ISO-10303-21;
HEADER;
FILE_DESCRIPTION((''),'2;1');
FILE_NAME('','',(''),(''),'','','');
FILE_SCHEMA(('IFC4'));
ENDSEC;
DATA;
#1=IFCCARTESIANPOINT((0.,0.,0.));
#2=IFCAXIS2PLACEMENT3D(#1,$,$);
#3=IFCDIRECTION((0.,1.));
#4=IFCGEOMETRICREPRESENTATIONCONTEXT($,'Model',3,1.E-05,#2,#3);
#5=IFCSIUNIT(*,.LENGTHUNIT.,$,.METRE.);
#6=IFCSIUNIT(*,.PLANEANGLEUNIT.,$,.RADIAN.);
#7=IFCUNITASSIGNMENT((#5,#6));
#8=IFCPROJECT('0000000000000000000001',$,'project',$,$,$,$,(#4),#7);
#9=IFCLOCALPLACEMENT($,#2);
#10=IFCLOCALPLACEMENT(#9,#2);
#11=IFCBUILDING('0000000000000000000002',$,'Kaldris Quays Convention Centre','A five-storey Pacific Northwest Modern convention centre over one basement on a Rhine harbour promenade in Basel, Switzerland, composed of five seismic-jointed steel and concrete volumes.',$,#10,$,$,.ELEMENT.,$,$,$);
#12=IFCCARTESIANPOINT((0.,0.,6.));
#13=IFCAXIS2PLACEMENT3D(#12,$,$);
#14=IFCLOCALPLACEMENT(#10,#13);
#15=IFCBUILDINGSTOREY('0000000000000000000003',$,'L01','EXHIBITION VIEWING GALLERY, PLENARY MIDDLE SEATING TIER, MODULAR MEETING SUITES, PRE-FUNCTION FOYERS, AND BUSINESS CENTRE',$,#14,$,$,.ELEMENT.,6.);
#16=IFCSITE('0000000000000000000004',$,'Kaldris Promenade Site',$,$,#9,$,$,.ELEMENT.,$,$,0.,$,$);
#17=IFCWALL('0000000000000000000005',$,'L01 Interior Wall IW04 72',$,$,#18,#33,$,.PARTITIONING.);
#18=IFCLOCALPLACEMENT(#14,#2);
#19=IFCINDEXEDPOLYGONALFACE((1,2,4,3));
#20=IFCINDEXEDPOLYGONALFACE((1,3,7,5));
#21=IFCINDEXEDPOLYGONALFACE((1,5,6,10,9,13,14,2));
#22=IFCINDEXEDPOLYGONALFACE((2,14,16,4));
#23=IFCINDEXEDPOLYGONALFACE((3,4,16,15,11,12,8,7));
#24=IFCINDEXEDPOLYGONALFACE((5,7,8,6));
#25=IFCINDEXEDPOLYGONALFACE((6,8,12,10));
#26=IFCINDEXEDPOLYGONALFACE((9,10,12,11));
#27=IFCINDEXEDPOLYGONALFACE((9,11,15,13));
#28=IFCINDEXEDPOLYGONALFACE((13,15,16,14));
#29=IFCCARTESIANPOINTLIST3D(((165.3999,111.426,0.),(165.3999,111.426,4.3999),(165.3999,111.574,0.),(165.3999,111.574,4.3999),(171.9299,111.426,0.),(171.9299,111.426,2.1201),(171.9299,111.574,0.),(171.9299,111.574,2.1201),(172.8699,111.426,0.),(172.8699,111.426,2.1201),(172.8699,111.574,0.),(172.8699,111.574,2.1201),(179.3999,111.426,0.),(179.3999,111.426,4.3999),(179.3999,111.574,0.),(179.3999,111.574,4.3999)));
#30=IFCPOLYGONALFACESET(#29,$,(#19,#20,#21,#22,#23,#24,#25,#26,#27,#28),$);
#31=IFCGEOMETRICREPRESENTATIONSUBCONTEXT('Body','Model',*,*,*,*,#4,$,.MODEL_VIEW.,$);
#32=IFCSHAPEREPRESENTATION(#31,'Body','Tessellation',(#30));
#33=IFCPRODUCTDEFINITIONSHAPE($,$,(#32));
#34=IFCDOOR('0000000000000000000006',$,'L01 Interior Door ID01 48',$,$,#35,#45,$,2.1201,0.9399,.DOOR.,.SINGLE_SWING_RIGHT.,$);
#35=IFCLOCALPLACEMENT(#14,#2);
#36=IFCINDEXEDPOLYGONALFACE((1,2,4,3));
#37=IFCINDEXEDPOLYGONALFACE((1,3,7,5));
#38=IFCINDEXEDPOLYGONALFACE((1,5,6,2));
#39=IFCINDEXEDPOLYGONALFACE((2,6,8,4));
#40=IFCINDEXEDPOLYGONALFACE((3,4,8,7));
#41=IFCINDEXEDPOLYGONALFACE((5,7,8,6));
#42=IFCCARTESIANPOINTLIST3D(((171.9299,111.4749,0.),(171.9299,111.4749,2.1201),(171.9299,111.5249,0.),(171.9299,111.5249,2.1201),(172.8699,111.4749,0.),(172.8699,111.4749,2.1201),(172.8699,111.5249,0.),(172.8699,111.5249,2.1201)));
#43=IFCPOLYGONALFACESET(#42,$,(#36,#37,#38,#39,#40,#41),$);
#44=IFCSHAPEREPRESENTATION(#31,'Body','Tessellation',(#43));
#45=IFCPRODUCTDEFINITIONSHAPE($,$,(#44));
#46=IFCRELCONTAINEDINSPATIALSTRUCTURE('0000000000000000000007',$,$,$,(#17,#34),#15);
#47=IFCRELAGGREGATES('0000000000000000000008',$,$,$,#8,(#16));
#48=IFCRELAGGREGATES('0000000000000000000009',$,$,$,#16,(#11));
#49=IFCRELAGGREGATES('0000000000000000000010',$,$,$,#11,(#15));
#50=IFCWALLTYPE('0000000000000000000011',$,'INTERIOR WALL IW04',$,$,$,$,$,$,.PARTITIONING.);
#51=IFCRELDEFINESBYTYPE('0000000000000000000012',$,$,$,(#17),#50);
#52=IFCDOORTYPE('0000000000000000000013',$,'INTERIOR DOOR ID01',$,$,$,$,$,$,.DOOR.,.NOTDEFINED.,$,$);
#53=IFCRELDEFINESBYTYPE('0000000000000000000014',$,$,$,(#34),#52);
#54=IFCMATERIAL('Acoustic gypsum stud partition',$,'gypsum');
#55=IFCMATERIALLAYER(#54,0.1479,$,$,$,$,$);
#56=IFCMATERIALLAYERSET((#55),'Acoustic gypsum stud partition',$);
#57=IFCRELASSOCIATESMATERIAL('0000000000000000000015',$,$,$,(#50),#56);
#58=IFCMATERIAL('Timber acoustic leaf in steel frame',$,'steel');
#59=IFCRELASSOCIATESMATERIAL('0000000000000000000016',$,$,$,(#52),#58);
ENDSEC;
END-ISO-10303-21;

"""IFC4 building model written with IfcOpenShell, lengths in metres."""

from ifc_helpers import new_model, si_unit, direction, frame, frame_2d, origin, place, context, subcontext, project, spatial, rectangle, extrude, material, layer, layer_set, type_object, element, fill, save


model = new_model("IFC4")

# Units and contexts
model_context = context("Model", 3, precision=1e-05, world=origin(), true_north=direction((0.0, 1.0)))
body_context = subcontext(model_context, "Body", "Model", "MODEL_VIEW")
ifc_project = project(units=[si_unit("LENGTHUNIT", "METRE"), si_unit("PLANEANGLEUNIT", "RADIAN")], contexts=[model_context])

# Site, building, storey
site_placement = place(None, origin())
site = spatial("IfcSite", under=ifc_project, at=site_placement, Name="Kaldris Promenade Site", CompositionType="ELEMENT", RefElevation=0.0)
building_placement = place(site_placement, origin())
building = spatial("IfcBuilding", under=site, at=building_placement, Name="Kaldris Quays Convention Centre", Description="A five-storey Pacific Northwest Modern convention centre over one basement on a Rhine harbour promenade in Basel, Switzerland, composed of five seismic-jointed steel and concrete volumes.", CompositionType="ELEMENT")
storey_placement = place(building_placement, frame((0.0, 0.0, 6.0)))
storey = spatial("IfcBuildingStorey", under=building, at=storey_placement, Name="L01", Description="EXHIBITION VIEWING GALLERY, PLENARY MIDDLE SEATING TIER, MODULAR MEETING SUITES, PRE-FUNCTION FOYERS, AND BUSINESS CENTRE", CompositionType="ELEMENT", Elevation=6.0)

# Wall, opening, door
ifc_material_1 = material(Name="Acoustic gypsum stud partition", Category="gypsum")
ifc_layer = layer(ifc_material_1, 0.1479)
ifc_layer_set = layer_set([ifc_layer], Name="Acoustic gypsum stud partition")
wall_type = type_object("IfcWallType", Name="INTERIOR WALL IW04", PredefinedType="PARTITIONING", material=ifc_layer_set)
wall_placement = place(storey_placement, frame((165.3999, 111.5, 0.0), z_axis=(0.0, 0.0, 1.0), x_axis=(1.0, 0.0, 0.0)))
wall = element("IfcWall", 1, at=wall_placement, inside=storey, type_object=wall_type, Name="L01 Interior Wall IW04 72", PredefinedType="PARTITIONING", context=body_context, shape_type="SweptSolid", body=[
    extrude(rectangle(XDim=14.0, YDim=0.1479, at=frame_2d((7.0, 0.0))), origin(), (0.0, 0.0, 1.0), 4.3999),
])
opening_placement = place(wall_placement, frame((6.53, 0.0, 0.0)))
opening = element("IfcOpeningElement", 2, at=opening_placement, cuts=wall, PredefinedType="OPENING", context=body_context, shape_type="SweptSolid", body=[
    extrude(rectangle(XDim=0.9399, YDim=2.1201, at=frame_2d((0.47, 1.0601))), frame((0.0, 0.084, 0.0), z_axis=(0.0, -1.0, 0.0), x_axis=(1.0, 0.0, 0.0)), (0.0, 0.0, 1.0), 0.168),
])
ifc_material_2 = material(Name="Timber acoustic leaf in steel frame", Category="steel")
door_type = type_object("IfcDoorType", Name="INTERIOR DOOR ID01", OperationType="NOTDEFINED", PredefinedType="DOOR", material=ifc_material_2)
door_placement = place(opening_placement, origin())
door = element("IfcDoor", 3, at=door_placement, inside=storey, type_object=door_type, Name="L01 Interior Door ID01 48", OperationType="SINGLE_SWING_RIGHT", OverallHeight=2.1201, OverallWidth=0.9399, PredefinedType="DOOR", context=body_context, shape_type="SweptSolid", body=[
    extrude(rectangle(XDim=0.9399, YDim=2.1201, at=frame_2d((0.47, 1.0601))), frame((0.0, 0.0249, 0.0), z_axis=(0.0, -1.0, 0.0), x_axis=(1.0, 0.0, 0.0)), (0.0, 0.0, 1.0), 0.05),
])
fill(opening, door)

save(model, "model.ifc")
